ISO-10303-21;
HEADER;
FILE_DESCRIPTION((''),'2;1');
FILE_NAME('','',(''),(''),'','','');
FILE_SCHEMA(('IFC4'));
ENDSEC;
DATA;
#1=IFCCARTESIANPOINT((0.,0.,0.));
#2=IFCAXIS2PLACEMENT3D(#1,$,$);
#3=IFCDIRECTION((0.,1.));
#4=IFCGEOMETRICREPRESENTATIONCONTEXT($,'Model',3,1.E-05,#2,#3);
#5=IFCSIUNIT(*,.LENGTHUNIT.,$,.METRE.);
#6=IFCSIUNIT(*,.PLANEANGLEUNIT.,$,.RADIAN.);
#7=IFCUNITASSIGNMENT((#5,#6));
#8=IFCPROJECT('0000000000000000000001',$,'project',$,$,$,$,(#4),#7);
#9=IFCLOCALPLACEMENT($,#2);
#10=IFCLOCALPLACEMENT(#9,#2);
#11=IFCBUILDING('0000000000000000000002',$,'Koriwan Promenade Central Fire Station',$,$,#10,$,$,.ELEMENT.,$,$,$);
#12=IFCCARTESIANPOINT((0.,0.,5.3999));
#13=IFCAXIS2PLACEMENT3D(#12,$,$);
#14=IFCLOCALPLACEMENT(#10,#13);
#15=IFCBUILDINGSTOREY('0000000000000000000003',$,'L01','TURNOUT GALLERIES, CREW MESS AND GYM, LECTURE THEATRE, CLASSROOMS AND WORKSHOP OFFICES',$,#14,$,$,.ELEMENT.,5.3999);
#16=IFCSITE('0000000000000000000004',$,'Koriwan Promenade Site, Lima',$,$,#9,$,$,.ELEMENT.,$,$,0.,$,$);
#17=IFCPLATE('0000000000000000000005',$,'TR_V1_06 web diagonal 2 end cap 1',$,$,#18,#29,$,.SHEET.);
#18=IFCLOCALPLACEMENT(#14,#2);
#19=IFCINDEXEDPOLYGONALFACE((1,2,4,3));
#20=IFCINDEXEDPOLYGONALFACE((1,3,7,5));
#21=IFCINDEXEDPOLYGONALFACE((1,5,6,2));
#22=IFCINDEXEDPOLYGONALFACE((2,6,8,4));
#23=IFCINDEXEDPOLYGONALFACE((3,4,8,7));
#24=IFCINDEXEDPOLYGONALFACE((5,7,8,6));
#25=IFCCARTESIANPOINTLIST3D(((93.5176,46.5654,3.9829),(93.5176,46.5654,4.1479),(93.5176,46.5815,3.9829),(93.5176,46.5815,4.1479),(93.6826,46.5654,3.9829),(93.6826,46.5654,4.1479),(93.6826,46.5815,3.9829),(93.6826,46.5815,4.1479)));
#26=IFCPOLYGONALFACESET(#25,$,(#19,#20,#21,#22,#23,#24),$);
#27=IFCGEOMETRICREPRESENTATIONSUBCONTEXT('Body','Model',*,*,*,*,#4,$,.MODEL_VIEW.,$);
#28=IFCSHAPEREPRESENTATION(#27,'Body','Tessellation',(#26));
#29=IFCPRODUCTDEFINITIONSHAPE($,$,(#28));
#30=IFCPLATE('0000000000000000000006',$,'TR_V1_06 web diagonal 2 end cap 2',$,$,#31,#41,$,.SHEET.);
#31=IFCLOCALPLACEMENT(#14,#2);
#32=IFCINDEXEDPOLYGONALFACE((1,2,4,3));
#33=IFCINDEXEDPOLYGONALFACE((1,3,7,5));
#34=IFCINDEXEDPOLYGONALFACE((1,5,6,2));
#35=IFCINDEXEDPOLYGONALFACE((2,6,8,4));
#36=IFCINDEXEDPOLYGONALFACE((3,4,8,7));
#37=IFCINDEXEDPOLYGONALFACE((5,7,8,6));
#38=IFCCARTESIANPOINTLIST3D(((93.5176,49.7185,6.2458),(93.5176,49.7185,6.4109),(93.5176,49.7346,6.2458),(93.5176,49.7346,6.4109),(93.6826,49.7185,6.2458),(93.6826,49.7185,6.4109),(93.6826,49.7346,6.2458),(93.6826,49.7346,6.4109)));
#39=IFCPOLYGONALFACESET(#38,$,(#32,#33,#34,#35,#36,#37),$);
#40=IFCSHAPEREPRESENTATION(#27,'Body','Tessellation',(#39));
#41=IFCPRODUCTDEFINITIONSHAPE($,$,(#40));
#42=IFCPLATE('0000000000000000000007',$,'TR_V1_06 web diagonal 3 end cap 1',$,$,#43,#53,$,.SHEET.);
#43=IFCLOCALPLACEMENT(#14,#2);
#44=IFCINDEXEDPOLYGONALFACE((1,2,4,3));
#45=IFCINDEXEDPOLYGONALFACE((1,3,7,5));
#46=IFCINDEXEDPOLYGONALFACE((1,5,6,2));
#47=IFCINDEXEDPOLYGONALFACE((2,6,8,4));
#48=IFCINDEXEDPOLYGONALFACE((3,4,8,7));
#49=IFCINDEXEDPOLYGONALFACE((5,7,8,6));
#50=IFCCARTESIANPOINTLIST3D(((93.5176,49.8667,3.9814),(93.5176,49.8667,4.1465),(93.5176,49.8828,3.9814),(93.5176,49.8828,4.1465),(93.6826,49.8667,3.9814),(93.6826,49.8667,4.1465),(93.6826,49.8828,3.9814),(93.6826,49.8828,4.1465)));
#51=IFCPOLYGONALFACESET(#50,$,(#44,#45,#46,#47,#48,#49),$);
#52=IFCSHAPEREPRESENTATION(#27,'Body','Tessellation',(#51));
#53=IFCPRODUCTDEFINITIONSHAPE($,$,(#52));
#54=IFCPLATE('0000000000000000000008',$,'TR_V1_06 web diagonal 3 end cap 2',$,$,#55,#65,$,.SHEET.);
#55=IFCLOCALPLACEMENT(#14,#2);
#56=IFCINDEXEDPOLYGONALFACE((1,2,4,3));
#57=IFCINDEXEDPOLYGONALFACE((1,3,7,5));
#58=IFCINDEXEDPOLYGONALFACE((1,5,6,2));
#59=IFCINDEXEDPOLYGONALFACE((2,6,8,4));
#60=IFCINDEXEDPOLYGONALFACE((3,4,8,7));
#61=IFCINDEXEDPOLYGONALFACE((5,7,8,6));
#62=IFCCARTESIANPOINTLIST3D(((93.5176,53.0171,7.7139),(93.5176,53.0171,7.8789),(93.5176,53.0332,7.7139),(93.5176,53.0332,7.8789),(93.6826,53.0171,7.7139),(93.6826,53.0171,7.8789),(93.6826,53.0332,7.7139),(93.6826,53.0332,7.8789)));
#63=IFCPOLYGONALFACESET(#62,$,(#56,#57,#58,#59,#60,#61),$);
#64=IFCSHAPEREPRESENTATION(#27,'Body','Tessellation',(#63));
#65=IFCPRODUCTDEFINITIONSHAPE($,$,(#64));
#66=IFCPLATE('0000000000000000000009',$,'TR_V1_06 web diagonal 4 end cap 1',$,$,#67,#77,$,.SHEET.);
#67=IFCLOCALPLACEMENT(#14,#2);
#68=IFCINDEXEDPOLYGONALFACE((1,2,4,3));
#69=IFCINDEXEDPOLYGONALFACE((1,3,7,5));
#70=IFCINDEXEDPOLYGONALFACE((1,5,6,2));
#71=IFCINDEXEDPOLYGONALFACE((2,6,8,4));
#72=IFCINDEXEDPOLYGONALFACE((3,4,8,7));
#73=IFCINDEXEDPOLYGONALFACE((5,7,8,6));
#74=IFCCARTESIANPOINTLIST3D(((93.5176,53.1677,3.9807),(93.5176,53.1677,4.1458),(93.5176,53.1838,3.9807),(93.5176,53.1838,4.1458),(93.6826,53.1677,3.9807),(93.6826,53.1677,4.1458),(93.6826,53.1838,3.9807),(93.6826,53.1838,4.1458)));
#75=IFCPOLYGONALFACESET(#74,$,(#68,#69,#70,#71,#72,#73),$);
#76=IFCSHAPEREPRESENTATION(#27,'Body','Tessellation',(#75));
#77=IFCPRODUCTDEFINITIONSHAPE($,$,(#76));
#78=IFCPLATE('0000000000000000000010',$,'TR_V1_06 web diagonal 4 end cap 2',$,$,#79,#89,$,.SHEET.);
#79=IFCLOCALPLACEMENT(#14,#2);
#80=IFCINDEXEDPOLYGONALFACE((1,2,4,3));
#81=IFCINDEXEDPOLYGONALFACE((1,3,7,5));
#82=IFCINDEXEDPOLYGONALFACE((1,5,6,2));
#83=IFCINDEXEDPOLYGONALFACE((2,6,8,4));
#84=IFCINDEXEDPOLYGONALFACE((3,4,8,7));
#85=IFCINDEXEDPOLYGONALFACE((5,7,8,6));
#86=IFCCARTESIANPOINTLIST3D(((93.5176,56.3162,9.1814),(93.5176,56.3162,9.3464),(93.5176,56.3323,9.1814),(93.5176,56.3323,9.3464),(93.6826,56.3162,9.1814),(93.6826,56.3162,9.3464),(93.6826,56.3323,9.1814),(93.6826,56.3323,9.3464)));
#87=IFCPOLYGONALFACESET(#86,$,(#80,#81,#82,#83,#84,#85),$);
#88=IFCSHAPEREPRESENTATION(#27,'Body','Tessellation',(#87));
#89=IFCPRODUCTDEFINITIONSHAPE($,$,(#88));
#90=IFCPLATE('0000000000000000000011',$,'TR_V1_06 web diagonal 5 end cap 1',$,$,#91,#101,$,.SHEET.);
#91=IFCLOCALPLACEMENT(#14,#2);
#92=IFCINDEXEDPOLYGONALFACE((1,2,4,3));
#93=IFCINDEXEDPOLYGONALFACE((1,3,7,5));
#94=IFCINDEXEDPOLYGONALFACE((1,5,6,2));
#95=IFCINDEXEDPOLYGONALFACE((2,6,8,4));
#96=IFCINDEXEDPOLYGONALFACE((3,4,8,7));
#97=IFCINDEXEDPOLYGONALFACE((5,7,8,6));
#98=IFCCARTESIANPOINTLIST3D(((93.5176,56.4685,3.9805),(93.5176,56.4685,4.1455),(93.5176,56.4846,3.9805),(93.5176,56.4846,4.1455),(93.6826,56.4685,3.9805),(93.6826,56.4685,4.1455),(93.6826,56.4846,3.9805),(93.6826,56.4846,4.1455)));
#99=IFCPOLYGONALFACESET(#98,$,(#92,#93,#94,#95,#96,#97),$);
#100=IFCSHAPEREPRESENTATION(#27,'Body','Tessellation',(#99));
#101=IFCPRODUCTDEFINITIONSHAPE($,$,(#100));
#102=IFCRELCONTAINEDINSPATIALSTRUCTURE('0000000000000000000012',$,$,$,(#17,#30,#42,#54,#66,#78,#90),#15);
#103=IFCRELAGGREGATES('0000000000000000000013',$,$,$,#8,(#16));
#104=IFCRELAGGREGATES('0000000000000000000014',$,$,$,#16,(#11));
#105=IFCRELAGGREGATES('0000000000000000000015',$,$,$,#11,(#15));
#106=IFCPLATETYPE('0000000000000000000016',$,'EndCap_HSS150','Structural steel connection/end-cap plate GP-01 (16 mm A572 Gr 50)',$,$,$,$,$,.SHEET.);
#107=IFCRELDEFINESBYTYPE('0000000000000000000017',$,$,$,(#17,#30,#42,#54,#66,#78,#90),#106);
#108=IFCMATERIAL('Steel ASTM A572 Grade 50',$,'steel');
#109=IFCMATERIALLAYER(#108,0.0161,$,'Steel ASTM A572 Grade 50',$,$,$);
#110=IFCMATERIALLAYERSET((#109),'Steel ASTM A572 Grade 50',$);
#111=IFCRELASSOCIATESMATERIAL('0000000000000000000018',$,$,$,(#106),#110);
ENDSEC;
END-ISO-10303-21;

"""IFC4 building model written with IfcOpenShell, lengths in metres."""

from ifc_helpers import new_model, si_unit, direction, frame, origin, origin_2d, place, context, subcontext, project, spatial, rectangle, extrude, material, layer, layer_set, type_object, element, save


model = new_model("IFC4")

# Units and contexts
model_context = context("Model", 3, precision=1e-05, world=origin(), true_north=direction((0.0, 1.0)))
body_context = subcontext(model_context, "Body", "Model", "MODEL_VIEW")
ifc_project = project(units=[si_unit("LENGTHUNIT", "METRE"), si_unit("PLANEANGLEUNIT", "RADIAN")], contexts=[model_context])

# Site, building, storey
site_placement = place(None, origin())
site = spatial("IfcSite", under=ifc_project, at=site_placement, Name="Koriwan Promenade Site, Lima", CompositionType="ELEMENT", RefElevation=0.0)
building_placement = place(site_placement, origin())
building = spatial("IfcBuilding", under=site, at=building_placement, Name="Koriwan Promenade Central Fire Station", CompositionType="ELEMENT")
storey_placement = place(building_placement, frame((0.0, 0.0, 5.3999)))
storey = spatial("IfcBuildingStorey", under=building, at=storey_placement, Name="L01", Description="TURNOUT GALLERIES, CREW MESS AND GYM, LECTURE THEATRE, CLASSROOMS AND WORKSHOP OFFICES", CompositionType="ELEMENT", Elevation=5.3999)

# Plates
ifc_material_1 = material(Name="Steel ASTM A572 Grade 50", Category="steel")
ifc_layer_1 = layer(ifc_material_1, 0.0161, Name="Steel ASTM A572 Grade 50")
ifc_layer_set_1 = layer_set([ifc_layer_1], Name="Steel ASTM A572 Grade 50")
plate_type_1 = type_object("IfcPlateType", Name="EndCap_HSS150", Description="Structural steel connection/end-cap plate GP-01 (16 mm A572 Gr 50)", PredefinedType="SHEET", material=ifc_layer_set_1)
for number, where, z_axis, x_axis, name in (
    (1, (93.6001, 46.5735, 3.9829), (0.0, 0.0, 1.0), (0.0, 1.0, 0.0), "TR_V1_06 web diagonal 2 end cap 1"),
    (2, (93.6001, 49.7266, 6.2458), (0.0, 0.0, 1.0), (0.0, 1.0, 0.0), "TR_V1_06 web diagonal 2 end cap 2"),
    (3, (93.6001, 49.8748, 3.9814), (0.0, 0.0, 1.0), (0.0, 1.0, 0.0), "TR_V1_06 web diagonal 3 end cap 1"),
    (4, (93.6001, 53.0251, 7.7139), (0.0, 0.0, 1.0), (0.0, 1.0, 0.0), "TR_V1_06 web diagonal 3 end cap 2"),
    (5, (93.6001, 53.1758, 3.9807), (0.0, 0.0, 1.0), (0.0, 1.0, 0.0), "TR_V1_06 web diagonal 4 end cap 1"),
    (6, (93.6001, 56.3242, 9.1814), (0.0, 0.0, 1.0), (0.0, 1.0, 0.0), "TR_V1_06 web diagonal 4 end cap 2"),
    (7, (93.6001, 56.4766, 3.9805), (0.0, 0.0, 1.0), (0.0, 1.0, 0.0), "TR_V1_06 web diagonal 5 end cap 1"),
):
    element("IfcPlate", number, at=place(storey_placement, frame(where, z_axis=z_axis, x_axis=x_axis)), inside=storey, type_object=plate_type_1, Name=name, PredefinedType="SHEET", context=body_context, shape_type="SweptSolid", body=[
        extrude(rectangle(XDim=0.0161, YDim=0.165, at=origin_2d()), origin(), (0.0, 0.0, 1.0), 0.165),
    ])

save(model, "model.ifc")
